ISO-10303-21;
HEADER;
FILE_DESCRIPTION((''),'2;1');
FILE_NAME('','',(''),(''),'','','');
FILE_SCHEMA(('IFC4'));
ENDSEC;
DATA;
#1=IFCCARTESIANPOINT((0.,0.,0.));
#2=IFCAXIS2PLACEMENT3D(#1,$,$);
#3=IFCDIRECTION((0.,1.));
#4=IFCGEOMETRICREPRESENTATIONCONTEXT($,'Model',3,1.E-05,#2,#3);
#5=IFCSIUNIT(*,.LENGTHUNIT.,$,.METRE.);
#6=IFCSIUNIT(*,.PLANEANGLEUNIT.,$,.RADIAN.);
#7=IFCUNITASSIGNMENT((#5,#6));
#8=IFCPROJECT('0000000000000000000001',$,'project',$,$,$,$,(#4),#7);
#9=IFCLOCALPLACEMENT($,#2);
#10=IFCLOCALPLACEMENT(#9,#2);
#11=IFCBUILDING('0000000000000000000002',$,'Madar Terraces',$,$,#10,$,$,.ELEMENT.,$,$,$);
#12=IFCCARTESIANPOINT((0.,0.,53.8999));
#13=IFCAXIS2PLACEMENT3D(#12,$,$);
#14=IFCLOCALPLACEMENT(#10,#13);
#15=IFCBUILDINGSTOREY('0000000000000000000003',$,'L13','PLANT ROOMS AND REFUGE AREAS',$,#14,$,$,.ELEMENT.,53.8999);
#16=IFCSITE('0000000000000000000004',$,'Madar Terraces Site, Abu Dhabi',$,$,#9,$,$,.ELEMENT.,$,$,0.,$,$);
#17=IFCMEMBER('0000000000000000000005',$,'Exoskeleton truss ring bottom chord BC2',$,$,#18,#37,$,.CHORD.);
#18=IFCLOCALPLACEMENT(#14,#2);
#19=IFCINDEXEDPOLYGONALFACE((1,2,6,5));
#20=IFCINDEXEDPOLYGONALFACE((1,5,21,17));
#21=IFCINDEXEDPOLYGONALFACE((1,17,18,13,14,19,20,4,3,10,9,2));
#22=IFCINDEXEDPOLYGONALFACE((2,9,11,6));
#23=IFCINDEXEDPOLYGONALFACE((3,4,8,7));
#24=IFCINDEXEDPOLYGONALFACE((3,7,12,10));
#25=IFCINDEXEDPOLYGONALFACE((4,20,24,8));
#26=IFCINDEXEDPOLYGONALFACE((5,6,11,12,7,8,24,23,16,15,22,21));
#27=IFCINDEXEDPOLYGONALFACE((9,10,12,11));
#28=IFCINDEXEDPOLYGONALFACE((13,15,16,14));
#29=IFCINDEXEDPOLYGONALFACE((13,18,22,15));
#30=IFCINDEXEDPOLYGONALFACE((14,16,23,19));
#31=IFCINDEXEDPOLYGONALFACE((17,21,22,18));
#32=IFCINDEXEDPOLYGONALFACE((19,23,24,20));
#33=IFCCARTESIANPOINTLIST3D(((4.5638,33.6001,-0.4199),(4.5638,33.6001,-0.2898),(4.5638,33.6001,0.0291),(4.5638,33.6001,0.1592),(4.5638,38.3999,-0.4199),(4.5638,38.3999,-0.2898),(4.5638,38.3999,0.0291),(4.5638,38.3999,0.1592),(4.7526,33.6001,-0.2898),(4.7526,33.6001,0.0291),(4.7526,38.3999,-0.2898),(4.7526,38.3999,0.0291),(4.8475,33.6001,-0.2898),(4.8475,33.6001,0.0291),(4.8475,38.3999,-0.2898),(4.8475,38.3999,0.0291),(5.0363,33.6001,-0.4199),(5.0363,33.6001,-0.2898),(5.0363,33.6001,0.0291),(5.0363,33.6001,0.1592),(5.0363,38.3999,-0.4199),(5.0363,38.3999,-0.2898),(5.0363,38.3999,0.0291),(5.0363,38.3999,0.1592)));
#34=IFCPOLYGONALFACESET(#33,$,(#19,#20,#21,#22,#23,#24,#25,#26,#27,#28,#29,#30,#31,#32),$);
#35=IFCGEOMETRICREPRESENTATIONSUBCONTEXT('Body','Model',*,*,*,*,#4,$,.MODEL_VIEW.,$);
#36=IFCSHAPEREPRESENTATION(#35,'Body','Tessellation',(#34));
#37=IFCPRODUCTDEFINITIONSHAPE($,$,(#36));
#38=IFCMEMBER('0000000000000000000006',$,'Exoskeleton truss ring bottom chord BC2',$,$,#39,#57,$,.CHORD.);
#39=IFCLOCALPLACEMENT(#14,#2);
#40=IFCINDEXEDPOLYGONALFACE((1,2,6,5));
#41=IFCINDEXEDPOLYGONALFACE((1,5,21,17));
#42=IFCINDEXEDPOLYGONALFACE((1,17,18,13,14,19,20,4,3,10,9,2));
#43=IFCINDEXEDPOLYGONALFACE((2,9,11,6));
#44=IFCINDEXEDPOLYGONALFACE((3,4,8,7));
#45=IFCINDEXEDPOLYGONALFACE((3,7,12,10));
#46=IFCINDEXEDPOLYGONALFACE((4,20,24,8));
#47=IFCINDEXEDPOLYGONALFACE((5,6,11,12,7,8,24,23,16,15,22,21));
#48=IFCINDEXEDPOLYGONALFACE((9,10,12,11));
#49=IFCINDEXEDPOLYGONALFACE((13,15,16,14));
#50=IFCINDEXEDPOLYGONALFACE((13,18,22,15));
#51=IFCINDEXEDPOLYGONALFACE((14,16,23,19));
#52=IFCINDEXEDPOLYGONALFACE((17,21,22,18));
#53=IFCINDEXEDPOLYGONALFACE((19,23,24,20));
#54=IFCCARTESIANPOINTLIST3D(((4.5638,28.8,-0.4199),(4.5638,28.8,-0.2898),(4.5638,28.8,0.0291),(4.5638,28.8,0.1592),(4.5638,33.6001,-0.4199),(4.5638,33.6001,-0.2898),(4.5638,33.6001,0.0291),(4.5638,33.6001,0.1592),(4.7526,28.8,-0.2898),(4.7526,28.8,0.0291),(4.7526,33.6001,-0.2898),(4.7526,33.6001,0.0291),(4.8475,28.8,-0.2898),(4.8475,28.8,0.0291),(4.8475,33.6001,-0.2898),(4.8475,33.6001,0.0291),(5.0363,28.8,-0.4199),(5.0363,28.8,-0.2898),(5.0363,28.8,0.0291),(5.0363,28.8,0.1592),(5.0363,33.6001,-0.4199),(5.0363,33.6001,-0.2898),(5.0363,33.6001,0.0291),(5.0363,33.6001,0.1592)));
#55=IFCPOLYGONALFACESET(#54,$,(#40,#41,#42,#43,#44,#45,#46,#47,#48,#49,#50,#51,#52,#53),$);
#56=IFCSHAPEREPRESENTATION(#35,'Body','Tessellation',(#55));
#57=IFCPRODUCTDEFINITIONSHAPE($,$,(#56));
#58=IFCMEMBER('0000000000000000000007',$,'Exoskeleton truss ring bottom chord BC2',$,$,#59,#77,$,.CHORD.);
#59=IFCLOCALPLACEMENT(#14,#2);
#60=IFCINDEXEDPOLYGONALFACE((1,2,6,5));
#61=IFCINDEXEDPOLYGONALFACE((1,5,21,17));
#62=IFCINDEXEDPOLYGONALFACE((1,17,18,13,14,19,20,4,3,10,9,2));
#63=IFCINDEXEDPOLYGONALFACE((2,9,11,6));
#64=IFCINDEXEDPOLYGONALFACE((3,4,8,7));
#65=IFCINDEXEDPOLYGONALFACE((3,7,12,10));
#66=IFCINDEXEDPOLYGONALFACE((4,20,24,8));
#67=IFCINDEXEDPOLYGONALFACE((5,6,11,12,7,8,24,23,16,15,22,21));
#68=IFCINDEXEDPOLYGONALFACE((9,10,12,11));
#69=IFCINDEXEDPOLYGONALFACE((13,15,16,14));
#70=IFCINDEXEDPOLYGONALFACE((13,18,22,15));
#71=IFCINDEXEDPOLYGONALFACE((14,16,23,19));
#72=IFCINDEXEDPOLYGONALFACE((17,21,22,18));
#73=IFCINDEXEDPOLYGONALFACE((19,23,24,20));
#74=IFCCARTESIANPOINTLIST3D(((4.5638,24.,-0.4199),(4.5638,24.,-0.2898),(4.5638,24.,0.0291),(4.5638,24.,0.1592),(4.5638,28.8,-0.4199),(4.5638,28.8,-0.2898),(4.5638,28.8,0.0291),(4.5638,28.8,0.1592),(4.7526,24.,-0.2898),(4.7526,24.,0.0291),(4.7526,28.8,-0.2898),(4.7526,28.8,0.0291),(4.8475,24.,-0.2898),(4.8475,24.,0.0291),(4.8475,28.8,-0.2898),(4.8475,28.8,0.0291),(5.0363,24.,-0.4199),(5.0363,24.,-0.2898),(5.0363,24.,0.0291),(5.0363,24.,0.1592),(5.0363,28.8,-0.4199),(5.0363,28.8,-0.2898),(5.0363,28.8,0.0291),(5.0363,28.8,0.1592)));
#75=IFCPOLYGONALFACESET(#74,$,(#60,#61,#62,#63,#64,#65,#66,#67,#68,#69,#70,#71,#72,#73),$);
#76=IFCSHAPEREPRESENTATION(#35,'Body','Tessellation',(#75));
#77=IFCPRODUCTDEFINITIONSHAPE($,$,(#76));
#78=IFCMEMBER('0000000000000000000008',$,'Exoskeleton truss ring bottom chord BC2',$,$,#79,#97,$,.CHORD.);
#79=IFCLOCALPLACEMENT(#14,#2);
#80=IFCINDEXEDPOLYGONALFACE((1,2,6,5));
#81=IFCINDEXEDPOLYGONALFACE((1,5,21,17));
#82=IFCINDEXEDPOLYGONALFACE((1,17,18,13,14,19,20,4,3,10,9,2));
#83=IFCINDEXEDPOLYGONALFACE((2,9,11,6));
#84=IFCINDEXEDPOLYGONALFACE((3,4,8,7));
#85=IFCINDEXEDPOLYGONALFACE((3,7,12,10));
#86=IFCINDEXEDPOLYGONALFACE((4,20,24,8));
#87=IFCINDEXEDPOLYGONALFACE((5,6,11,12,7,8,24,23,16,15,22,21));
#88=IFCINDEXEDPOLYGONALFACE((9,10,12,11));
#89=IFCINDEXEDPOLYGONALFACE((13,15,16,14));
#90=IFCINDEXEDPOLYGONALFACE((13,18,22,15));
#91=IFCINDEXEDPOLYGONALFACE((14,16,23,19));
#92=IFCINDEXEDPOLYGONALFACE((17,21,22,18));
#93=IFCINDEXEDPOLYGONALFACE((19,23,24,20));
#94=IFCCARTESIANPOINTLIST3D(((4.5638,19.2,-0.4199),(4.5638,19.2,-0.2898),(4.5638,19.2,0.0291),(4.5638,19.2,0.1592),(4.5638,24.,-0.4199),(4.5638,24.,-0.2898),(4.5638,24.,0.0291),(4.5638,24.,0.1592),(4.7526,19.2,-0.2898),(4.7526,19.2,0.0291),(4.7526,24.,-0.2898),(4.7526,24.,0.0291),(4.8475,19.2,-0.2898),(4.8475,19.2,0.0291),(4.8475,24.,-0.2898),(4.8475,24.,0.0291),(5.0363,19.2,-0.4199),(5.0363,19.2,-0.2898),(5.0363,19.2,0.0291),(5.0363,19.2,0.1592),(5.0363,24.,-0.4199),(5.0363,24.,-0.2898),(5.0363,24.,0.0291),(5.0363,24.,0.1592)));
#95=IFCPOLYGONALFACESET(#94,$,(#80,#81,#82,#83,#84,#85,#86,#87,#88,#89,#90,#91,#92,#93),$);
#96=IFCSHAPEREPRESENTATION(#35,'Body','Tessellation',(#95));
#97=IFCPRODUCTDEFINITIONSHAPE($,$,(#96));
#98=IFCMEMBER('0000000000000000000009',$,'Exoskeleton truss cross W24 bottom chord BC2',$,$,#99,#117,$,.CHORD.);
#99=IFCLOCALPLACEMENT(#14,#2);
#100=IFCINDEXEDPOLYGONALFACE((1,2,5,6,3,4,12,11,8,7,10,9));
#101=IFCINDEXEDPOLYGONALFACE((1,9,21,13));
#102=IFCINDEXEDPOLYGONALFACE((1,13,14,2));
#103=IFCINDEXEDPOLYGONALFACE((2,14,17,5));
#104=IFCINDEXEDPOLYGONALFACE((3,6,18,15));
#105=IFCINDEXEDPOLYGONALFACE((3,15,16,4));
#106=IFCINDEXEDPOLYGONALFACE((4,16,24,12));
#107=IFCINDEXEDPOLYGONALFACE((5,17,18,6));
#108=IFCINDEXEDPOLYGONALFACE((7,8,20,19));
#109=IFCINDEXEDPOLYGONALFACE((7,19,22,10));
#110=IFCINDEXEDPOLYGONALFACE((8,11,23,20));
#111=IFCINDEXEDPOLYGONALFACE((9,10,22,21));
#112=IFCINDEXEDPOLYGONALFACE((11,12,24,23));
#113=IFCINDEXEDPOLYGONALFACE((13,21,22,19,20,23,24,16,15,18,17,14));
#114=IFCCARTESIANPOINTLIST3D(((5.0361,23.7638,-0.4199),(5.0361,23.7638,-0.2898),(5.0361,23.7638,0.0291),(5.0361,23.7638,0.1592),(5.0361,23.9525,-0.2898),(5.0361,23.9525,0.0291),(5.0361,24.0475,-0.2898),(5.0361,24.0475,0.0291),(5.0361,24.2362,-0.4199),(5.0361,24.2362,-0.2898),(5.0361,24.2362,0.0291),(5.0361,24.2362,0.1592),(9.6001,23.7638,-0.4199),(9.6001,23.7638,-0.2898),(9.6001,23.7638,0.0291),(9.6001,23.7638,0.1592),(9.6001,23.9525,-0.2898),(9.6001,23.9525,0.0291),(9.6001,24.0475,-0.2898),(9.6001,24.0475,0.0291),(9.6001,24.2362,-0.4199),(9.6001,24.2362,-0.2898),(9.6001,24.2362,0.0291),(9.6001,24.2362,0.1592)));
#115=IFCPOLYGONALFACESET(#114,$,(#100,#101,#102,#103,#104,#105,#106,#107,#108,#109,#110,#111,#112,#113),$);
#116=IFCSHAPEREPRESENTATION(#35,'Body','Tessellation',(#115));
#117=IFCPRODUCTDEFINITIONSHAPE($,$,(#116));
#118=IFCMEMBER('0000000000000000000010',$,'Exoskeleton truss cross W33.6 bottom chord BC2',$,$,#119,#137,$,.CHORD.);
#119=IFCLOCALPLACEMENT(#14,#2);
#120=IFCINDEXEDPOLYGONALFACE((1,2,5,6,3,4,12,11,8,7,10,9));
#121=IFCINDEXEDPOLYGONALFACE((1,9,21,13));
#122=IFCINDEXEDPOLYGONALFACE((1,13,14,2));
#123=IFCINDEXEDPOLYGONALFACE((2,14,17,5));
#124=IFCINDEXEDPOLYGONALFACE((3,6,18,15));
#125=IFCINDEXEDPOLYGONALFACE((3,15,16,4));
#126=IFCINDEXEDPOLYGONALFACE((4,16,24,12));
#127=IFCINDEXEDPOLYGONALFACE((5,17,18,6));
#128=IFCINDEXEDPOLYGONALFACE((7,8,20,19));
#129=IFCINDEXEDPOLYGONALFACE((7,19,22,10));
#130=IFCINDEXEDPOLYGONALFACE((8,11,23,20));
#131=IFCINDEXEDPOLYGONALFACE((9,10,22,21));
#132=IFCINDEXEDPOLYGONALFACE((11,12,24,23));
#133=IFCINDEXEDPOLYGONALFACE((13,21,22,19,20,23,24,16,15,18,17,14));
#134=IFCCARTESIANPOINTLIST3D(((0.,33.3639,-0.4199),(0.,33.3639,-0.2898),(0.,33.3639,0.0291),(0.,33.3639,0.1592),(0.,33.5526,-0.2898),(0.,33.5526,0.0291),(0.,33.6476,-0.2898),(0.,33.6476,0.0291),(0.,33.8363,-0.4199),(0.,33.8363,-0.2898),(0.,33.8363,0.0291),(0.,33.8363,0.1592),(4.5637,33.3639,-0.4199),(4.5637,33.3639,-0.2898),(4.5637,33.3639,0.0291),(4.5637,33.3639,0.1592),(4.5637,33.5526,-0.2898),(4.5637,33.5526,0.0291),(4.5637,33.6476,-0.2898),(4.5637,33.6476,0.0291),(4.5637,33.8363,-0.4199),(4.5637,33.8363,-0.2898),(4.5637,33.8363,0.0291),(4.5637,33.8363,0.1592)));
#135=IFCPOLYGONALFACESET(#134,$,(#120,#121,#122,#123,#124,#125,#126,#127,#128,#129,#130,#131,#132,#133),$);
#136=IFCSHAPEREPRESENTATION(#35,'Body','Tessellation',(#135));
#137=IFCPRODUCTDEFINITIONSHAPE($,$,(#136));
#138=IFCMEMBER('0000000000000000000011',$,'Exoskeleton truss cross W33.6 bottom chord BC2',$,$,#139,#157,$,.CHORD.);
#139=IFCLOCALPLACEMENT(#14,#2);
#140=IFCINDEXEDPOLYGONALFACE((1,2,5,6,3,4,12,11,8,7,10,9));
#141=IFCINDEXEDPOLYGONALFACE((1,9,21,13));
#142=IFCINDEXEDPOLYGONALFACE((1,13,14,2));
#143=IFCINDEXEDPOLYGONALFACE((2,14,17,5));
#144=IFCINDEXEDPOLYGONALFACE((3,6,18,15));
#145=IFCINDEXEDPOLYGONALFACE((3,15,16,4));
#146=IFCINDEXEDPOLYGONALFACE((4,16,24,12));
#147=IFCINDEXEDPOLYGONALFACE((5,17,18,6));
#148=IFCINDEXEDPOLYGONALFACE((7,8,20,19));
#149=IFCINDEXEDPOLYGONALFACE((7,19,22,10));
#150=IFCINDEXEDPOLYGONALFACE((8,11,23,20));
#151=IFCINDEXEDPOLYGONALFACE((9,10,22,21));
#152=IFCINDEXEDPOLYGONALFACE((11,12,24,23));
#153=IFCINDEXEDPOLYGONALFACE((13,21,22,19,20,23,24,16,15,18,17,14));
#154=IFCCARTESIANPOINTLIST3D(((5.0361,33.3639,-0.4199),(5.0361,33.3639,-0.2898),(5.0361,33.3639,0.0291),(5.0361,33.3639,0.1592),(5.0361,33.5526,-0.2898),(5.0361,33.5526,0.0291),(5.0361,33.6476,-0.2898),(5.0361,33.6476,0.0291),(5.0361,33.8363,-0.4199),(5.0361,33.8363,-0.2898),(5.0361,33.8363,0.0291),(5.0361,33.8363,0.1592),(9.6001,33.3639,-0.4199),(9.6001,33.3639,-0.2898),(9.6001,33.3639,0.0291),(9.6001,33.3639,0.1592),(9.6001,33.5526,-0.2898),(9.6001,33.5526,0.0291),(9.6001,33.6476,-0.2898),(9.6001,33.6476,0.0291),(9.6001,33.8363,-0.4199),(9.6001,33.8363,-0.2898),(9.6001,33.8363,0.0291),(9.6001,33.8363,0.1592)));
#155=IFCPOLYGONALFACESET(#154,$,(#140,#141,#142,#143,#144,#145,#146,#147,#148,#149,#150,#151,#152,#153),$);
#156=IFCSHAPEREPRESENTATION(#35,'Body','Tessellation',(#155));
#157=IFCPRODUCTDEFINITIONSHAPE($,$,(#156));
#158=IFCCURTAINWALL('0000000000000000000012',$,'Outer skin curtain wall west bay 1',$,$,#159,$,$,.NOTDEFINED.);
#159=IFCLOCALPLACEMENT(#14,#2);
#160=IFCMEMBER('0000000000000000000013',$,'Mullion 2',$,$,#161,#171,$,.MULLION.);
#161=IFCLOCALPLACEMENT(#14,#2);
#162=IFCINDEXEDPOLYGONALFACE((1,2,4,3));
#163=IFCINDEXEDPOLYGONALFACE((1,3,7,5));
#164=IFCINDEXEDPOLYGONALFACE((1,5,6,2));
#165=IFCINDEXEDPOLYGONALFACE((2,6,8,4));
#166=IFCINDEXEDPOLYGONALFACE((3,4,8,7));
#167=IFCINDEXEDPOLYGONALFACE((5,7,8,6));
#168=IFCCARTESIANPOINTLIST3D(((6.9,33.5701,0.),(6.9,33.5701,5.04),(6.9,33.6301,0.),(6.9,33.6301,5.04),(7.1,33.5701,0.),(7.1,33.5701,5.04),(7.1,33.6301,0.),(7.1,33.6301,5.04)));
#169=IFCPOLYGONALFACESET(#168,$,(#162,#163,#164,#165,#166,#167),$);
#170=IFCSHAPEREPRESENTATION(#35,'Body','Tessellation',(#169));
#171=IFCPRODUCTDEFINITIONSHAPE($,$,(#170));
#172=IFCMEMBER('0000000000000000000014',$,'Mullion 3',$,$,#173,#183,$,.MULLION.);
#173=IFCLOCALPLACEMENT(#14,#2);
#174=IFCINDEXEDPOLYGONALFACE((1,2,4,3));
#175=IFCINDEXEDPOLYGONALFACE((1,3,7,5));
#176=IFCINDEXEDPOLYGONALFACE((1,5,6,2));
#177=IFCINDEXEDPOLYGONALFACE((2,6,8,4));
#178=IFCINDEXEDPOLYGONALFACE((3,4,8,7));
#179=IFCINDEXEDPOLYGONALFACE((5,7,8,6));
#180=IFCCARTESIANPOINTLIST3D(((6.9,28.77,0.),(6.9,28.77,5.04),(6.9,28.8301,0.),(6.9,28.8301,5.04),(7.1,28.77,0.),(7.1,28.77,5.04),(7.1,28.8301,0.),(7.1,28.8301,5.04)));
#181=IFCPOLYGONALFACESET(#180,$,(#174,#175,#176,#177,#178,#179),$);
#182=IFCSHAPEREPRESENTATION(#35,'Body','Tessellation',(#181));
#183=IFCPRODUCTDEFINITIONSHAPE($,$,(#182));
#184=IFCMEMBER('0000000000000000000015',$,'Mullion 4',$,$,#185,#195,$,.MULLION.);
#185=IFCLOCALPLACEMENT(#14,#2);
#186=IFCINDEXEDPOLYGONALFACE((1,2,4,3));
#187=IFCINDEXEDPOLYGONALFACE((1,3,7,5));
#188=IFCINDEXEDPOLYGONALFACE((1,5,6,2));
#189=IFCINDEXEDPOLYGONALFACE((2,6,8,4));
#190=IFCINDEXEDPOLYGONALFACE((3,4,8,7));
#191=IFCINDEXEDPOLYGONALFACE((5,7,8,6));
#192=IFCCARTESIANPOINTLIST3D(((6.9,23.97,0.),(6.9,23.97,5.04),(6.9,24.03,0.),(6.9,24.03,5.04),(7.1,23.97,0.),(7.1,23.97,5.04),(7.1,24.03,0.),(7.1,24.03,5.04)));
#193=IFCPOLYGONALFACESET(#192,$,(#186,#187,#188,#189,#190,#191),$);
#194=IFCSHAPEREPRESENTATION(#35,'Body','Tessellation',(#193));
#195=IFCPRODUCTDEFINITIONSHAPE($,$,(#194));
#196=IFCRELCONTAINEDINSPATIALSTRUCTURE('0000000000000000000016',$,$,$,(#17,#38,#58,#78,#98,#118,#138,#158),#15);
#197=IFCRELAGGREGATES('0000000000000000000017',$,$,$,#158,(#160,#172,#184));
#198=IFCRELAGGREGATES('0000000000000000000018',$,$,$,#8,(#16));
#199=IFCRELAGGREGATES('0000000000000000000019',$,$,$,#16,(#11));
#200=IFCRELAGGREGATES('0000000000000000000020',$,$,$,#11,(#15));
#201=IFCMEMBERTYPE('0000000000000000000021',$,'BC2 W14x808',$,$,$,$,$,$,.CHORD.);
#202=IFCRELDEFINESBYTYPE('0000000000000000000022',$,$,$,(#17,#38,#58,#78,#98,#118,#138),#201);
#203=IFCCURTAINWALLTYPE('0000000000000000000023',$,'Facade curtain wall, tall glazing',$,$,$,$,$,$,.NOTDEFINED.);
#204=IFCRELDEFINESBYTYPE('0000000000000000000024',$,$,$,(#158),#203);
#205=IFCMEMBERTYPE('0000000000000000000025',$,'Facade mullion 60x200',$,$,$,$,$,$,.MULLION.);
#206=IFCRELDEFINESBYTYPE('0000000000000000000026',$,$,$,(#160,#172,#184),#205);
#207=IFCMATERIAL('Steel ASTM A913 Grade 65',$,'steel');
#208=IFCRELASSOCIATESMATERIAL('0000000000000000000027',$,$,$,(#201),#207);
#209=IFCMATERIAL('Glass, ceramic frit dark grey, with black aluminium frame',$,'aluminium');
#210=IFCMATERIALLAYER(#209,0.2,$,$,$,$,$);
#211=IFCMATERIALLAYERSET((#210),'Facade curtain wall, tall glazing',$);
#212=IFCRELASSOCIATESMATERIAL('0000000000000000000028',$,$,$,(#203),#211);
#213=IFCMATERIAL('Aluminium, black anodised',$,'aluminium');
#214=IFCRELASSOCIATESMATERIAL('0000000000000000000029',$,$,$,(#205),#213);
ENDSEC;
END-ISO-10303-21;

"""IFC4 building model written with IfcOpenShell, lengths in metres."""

from ifc_helpers import new_model, si_unit, direction, frame, origin, origin_2d, place, context, subcontext, project, spatial, rectangle, i_section, extrude, material, layer, layer_set, material_profile, profile_set, type_object, element, aggregate, save


model = new_model("IFC4")

# Units and contexts
model_context = context("Model", 3, precision=1e-05, world=origin(), true_north=direction((0.0, 1.0)))
body_context = subcontext(model_context, "Body", "Model", "MODEL_VIEW")
ifc_project = project(units=[si_unit("LENGTHUNIT", "METRE"), si_unit("PLANEANGLEUNIT", "RADIAN")], contexts=[model_context])

# Site, building, storey
site_placement = place(None, origin())
site = spatial("IfcSite", under=ifc_project, at=site_placement, Name="Madar Terraces Site, Abu Dhabi", CompositionType="ELEMENT", RefElevation=0.0)
building_placement = place(site_placement, origin())
building = spatial("IfcBuilding", under=site, at=building_placement, Name="Madar Terraces", CompositionType="ELEMENT")
storey_placement = place(building_placement, frame((0.0, 0.0, 53.8999)))
storey = spatial("IfcBuildingStorey", under=building, at=storey_placement, Name="L13", Description="PLANT ROOMS AND REFUGE AREAS", CompositionType="ELEMENT", Elevation=53.8999)

# Members
ifc_material_1 = material(Name="Steel ASTM A913 Grade 65", Category="steel")
ifc_material_profile_1 = material_profile(ifc_material_1, i_section(OverallWidth=0.4724, OverallDepth=0.5791, WebThickness=0.095, FlangeThickness=0.1301, at=origin_2d()), Name="W14x808")
ifc_profile_set_1 = profile_set([ifc_material_profile_1], Name="Steel ASTM A913 Grade 65")
member_type_1 = type_object("IfcMemberType", Name="BC2 W14x808", PredefinedType="CHORD", material=ifc_profile_set_1)
member_1_placement = place(storey_placement, frame((4.8, 38.3999, -0.1304), z_axis=(0.0, -1.0, 0.0), x_axis=(1.0, 0.0, 0.0)))
element("IfcMember", 1, at=member_1_placement, inside=storey, type_object=member_type_1, Name="Exoskeleton truss ring bottom chord BC2", PredefinedType="CHORD", context=body_context, shape_type="SweptSolid", body=[
    extrude(i_section(OverallWidth=0.4724, OverallDepth=0.5791, WebThickness=0.095, FlangeThickness=0.1301, at=origin_2d()), origin(), (0.0, 0.0, 1.0), 4.7998),
])
for number, where, z_axis, x_axis, name in (
    (2, (4.8, 33.6001, -0.1304), (0.0, -1.0, 0.0), (1.0, 0.0, 0.0), "Exoskeleton truss ring bottom chord BC2"),
    (3, (4.8, 28.8, -0.1304), (0.0, -1.0, 0.0), (1.0, 0.0, 0.0), "Exoskeleton truss ring bottom chord BC2"),
    (4, (4.8, 24.0, -0.1304), (0.0, -1.0, 0.0), (1.0, 0.0, 0.0), "Exoskeleton truss ring bottom chord BC2"),
):
    element("IfcMember", number, at=place(storey_placement, frame(where, z_axis=z_axis, x_axis=x_axis)), inside=storey, type_object=member_type_1, Name=name, PredefinedType="CHORD", context=body_context, shape_type="SweptSolid", body=[
        extrude(i_section(OverallWidth=0.4724, OverallDepth=0.5791, WebThickness=0.095, FlangeThickness=0.1301, at=origin_2d()), origin(), (0.0, 0.0, 1.0), 4.8),
    ])
member_2_placement = place(storey_placement, frame((5.0361, 24.0, -0.1304), z_axis=(1.0, 0.0, 0.0), x_axis=(0.0, 1.0, 0.0)))
element("IfcMember", 5, at=member_2_placement, inside=storey, type_object=member_type_1, Name="Exoskeleton truss cross W24 bottom chord BC2", PredefinedType="CHORD", context=body_context, shape_type="SweptSolid", body=[
    extrude(i_section(OverallWidth=0.4724, OverallDepth=0.5791, WebThickness=0.095, FlangeThickness=0.1301, at=origin_2d()), origin(), (0.0, 0.0, 1.0), 4.564),
])
member_3_placement = place(storey_placement, frame((0.0, 33.6001, -0.1304), z_axis=(1.0, 0.0, 0.0), x_axis=(0.0, 1.0, 0.0)))
element("IfcMember", 6, at=member_3_placement, inside=storey, type_object=member_type_1, Name="Exoskeleton truss cross W33.6 bottom chord BC2", PredefinedType="CHORD", context=body_context, shape_type="SweptSolid", body=[
    extrude(i_section(OverallWidth=0.4724, OverallDepth=0.5791, WebThickness=0.095, FlangeThickness=0.1301, at=origin_2d()), origin(), (0.0, 0.0, 1.0), 4.5637),
])
member_4_placement = place(storey_placement, frame((5.0361, 33.6001, -0.1304), z_axis=(1.0, 0.0, 0.0), x_axis=(0.0, 1.0, 0.0)))
element("IfcMember", 7, at=member_4_placement, inside=storey, type_object=member_type_1, Name="Exoskeleton truss cross W33.6 bottom chord BC2", PredefinedType="CHORD", context=body_context, shape_type="SweptSolid", body=[
    extrude(i_section(OverallWidth=0.4724, OverallDepth=0.5791, WebThickness=0.095, FlangeThickness=0.1301, at=origin_2d()), origin(), (0.0, 0.0, 1.0), 4.564),
])

# Curtain wall, members
ifc_material_2 = material(Name="Glass, ceramic frit dark grey, with black aluminium frame", Category="aluminium")
ifc_layer_1 = layer(ifc_material_2, 0.2)
ifc_layer_set_1 = layer_set([ifc_layer_1], Name="Facade curtain wall, tall glazing")
curtain_wall_type = type_object("IfcCurtainWallType", Name="Facade curtain wall, tall glazing", PredefinedType="NOTDEFINED", material=ifc_layer_set_1)
curtain_wall_placement = place(storey_placement, origin())
curtain_wall = element("IfcCurtainWall", 8, at=curtain_wall_placement, inside=storey, type_object=curtain_wall_type, Name="Outer skin curtain wall west bay 1", PredefinedType="NOTDEFINED")
ifc_material_3 = material(Name="Aluminium, black anodised", Category="aluminium")
ifc_material_profile_2 = material_profile(ifc_material_3, rectangle(XDim=0.2, YDim=0.0601, at=origin_2d()), Name="Facade mullion 60x200")
ifc_profile_set_2 = profile_set([ifc_material_profile_2], Name="Aluminium, black anodised")
member_type_2 = type_object("IfcMemberType", Name="Facade mullion 60x200", PredefinedType="MULLION", material=ifc_profile_set_2)
member_5_placement = place(storey_placement, frame((7.0, 33.6001, 0.0), z_axis=(0.0, 0.0, 1.0), x_axis=(1.0, 0.0, 0.0)))
member_5 = element("IfcMember", 9, at=member_5_placement, type_object=member_type_2, Name="Mullion 2", PredefinedType="MULLION", context=body_context, shape_type="SweptSolid", body=[
    extrude(rectangle(XDim=0.2, YDim=0.0601, at=origin_2d()), origin(), (0.0, 0.0, 1.0), 5.04),
])
member_6_placement = place(storey_placement, frame((7.0, 28.8, 0.0), z_axis=(0.0, 0.0, 1.0), x_axis=(1.0, 0.0, 0.0)))
member_6 = element("IfcMember", 10, at=member_6_placement, type_object=member_type_2, Name="Mullion 3", PredefinedType="MULLION", context=body_context, shape_type="SweptSolid", body=[
    extrude(rectangle(XDim=0.2, YDim=0.0601, at=origin_2d()), origin(), (0.0, 0.0, 1.0), 5.04),
])
member_7_placement = place(storey_placement, frame((7.0, 24.0, 0.0), z_axis=(0.0, 0.0, 1.0), x_axis=(1.0, 0.0, 0.0)))
member_7 = element("IfcMember", 11, at=member_7_placement, type_object=member_type_2, Name="Mullion 4", PredefinedType="MULLION", context=body_context, shape_type="SweptSolid", body=[
    extrude(rectangle(XDim=0.2, YDim=0.0601, at=origin_2d()), origin(), (0.0, 0.0, 1.0), 5.04),
])

aggregate(curtain_wall, [member_5, member_6, member_7])

save(model, "model.ifc")
